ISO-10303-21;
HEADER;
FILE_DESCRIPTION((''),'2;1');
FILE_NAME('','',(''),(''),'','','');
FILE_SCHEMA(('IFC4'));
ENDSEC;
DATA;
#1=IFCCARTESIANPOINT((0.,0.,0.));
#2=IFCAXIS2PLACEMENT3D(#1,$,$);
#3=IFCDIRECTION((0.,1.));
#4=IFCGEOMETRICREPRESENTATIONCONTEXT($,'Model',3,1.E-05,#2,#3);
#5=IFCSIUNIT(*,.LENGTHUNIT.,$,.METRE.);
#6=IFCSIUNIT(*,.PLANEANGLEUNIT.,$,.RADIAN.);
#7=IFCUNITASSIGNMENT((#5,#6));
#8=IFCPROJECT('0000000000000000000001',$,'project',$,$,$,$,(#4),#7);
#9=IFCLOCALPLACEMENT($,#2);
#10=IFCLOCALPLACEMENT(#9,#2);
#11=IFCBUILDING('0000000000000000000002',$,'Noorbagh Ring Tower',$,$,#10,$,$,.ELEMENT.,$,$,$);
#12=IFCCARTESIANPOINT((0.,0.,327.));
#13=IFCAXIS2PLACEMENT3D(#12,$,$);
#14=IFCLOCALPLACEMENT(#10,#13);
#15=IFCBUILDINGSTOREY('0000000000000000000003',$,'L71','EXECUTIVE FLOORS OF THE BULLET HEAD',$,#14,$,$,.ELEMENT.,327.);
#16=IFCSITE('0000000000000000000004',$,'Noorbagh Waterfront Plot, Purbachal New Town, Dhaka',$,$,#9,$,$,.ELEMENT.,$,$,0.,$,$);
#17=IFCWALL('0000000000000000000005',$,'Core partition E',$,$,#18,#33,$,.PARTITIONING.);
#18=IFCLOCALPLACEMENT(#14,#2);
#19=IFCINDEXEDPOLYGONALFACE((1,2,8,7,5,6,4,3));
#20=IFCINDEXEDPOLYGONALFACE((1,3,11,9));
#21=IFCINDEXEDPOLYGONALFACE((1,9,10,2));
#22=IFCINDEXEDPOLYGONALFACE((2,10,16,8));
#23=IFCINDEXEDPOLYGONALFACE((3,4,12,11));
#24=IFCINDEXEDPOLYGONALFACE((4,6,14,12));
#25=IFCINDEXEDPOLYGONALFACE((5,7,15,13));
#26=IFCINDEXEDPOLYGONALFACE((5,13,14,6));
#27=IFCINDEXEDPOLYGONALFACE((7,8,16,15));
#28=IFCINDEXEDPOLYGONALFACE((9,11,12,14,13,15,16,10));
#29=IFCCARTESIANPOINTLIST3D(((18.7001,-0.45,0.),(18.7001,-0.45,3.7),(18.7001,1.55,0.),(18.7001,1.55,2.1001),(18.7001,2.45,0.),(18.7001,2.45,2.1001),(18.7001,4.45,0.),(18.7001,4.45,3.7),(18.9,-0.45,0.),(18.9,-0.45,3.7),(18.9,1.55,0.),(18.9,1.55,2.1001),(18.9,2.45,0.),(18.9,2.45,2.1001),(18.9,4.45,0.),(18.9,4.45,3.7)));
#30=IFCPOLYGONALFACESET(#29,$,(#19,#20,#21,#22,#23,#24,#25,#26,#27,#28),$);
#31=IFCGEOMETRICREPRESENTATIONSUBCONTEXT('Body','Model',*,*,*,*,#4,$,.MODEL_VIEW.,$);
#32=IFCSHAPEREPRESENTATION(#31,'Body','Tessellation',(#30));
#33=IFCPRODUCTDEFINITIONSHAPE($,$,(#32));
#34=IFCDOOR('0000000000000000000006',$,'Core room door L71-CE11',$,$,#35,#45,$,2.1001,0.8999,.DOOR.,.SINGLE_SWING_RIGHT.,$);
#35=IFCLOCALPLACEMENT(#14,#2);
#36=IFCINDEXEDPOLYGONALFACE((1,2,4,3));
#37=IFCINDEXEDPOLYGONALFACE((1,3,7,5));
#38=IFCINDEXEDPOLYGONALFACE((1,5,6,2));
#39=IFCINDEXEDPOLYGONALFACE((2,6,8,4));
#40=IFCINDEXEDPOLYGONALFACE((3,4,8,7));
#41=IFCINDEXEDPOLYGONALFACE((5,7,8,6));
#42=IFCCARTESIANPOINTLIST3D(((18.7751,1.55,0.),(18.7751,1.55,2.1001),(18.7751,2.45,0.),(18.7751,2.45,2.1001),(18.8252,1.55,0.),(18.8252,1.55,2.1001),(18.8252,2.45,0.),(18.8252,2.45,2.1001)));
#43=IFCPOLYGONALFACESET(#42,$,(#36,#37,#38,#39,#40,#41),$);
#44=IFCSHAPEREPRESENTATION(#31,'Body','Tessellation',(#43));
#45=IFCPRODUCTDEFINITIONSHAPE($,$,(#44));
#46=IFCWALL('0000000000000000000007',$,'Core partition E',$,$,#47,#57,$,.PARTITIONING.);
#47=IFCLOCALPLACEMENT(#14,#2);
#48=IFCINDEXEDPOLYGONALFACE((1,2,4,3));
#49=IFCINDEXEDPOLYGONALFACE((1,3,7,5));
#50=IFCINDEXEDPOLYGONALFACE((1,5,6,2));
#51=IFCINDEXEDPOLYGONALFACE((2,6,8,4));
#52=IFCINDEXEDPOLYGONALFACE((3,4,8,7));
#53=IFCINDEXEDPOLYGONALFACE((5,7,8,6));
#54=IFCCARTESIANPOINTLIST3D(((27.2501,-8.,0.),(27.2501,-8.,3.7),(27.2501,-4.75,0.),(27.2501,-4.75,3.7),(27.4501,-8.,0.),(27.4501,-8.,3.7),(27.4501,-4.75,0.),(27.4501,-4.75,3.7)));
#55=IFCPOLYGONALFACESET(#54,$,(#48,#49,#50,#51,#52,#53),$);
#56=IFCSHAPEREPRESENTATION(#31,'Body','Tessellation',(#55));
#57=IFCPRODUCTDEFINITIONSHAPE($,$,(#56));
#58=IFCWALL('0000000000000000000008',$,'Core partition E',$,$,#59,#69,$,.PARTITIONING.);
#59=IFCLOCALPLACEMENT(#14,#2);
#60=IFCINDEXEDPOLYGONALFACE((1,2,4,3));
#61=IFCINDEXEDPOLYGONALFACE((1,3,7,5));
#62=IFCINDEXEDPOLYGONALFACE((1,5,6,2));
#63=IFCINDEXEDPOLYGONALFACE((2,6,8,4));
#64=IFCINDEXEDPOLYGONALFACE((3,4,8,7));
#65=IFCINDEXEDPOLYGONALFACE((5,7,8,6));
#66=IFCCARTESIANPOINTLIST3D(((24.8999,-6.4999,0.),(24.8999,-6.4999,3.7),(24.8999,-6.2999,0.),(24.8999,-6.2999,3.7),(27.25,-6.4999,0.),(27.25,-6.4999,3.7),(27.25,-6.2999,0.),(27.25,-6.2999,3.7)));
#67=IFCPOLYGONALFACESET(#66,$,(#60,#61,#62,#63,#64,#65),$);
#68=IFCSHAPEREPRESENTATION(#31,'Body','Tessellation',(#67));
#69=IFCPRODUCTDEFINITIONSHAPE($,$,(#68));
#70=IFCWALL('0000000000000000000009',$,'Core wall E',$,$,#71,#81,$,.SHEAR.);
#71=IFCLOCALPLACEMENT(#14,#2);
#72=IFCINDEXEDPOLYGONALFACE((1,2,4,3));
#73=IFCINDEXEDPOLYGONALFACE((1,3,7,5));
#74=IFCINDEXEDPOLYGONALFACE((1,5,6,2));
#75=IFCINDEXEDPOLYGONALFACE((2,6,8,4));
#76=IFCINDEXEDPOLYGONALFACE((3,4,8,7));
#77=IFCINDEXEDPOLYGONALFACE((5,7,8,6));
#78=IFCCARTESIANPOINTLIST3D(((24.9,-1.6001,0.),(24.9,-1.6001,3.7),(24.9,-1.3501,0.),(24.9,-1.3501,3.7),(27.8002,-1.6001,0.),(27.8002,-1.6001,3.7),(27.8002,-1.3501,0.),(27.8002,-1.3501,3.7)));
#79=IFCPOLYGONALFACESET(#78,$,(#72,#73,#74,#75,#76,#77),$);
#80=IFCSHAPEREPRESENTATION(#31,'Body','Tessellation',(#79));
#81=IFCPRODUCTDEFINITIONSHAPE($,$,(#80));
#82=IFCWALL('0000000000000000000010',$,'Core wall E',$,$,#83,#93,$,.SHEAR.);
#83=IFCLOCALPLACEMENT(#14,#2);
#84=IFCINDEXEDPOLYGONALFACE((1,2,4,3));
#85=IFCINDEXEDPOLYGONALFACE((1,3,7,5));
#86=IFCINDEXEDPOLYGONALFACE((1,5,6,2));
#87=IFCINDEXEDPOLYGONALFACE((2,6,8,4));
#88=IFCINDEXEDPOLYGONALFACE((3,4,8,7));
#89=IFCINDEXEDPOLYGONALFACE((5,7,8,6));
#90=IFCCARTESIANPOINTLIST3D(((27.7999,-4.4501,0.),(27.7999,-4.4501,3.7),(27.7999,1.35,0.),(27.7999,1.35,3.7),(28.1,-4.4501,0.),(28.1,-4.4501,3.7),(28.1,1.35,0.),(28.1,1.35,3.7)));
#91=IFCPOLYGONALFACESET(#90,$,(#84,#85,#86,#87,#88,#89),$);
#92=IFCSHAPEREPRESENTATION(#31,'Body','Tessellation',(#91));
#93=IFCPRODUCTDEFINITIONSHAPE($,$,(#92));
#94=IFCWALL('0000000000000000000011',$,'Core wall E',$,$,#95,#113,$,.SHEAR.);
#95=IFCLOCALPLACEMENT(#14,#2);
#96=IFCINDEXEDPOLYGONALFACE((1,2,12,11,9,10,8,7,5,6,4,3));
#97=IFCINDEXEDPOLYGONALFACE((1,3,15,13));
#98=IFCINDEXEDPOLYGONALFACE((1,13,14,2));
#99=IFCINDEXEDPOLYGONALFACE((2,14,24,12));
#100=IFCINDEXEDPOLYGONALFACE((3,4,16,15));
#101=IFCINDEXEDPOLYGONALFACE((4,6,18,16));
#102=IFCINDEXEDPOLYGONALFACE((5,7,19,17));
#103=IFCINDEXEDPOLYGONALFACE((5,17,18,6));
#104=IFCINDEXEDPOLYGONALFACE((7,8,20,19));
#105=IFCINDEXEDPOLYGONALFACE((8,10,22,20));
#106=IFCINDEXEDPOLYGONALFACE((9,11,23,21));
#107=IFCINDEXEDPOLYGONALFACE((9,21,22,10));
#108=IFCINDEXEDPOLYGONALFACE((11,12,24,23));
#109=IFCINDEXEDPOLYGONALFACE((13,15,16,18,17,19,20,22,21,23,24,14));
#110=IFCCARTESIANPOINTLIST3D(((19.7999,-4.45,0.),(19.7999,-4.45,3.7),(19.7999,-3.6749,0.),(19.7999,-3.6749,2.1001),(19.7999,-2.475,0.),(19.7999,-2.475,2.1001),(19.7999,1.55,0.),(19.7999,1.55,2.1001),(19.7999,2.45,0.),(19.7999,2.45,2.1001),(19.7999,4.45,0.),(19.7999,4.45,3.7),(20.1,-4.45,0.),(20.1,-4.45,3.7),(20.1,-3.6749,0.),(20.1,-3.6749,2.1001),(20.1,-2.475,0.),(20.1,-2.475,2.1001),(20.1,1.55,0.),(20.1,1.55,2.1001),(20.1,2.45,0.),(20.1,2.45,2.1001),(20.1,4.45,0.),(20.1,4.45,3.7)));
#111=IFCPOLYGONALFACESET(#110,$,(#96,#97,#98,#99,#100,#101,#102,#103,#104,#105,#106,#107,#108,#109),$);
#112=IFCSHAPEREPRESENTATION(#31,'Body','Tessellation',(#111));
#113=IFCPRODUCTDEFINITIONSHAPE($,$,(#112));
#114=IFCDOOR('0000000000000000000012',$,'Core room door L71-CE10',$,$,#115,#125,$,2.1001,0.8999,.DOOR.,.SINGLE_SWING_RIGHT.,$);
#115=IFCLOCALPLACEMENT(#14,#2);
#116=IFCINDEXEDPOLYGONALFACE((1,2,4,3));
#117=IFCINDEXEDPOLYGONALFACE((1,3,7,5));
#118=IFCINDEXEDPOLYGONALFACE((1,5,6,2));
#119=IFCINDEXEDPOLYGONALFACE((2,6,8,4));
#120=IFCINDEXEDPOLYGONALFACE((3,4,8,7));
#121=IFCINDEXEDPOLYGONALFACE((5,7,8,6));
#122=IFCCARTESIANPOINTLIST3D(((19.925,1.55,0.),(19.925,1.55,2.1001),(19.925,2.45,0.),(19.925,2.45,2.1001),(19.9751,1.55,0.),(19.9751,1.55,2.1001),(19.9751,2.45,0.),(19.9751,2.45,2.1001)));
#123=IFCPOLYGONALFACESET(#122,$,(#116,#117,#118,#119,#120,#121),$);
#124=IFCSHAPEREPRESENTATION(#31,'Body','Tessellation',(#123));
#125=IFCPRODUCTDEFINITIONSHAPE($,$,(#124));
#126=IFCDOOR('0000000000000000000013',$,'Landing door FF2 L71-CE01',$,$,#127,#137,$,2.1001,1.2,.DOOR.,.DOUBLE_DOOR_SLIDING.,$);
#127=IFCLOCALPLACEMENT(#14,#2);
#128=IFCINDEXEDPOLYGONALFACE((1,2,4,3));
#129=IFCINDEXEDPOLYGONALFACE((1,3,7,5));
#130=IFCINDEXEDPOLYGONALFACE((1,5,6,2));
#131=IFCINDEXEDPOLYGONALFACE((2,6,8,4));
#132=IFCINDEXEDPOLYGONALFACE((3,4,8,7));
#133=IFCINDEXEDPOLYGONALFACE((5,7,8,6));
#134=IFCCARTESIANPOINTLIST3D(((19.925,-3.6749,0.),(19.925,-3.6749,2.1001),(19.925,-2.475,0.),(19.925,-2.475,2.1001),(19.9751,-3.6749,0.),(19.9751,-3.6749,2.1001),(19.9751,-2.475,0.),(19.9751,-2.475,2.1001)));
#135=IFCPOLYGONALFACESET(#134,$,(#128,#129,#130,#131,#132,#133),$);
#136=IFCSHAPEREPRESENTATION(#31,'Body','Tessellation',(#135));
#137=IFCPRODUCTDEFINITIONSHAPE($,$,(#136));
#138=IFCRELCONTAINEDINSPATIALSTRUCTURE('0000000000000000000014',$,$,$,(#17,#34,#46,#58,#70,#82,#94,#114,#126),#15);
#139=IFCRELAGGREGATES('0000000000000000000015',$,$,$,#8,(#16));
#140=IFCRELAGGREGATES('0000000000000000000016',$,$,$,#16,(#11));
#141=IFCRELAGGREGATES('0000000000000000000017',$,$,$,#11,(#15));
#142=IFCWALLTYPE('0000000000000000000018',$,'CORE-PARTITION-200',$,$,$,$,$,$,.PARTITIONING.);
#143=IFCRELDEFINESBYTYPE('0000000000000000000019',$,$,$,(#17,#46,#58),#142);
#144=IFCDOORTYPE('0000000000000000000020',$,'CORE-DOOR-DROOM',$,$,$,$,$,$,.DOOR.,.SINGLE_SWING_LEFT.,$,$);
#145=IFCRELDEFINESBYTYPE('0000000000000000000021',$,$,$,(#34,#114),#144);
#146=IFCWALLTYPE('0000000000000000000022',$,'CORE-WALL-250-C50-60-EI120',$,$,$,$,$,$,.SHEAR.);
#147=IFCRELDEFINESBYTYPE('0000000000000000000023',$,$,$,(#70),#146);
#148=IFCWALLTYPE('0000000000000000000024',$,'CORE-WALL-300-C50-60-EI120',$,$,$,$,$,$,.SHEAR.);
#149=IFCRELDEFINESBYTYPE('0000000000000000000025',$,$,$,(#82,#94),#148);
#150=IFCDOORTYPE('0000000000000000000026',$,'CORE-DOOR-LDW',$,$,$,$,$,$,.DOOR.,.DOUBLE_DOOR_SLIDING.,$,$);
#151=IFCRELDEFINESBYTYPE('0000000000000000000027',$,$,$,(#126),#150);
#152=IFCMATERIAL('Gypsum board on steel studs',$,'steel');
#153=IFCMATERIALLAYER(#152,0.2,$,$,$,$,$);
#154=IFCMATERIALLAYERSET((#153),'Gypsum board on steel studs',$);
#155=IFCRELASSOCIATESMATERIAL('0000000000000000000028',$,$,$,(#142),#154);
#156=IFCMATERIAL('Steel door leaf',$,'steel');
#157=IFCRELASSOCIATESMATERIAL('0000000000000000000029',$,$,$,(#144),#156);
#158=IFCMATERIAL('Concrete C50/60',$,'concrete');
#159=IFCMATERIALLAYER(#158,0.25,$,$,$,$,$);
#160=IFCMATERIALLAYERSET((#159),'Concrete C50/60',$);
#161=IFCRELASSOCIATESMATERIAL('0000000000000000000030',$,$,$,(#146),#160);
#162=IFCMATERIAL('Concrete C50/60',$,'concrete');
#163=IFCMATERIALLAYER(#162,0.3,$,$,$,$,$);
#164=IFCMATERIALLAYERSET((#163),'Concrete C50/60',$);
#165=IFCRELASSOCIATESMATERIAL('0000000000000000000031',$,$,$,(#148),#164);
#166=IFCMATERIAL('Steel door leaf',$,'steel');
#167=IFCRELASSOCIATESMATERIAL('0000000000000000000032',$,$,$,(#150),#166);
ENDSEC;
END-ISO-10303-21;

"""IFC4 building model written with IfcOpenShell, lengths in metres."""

from ifc_helpers import new_model, si_unit, direction, frame, frame_2d, origin, place, context, subcontext, project, spatial, rectangle, extrude, material, layer, layer_set, type_object, element, fill, save


model = new_model("IFC4")

# Units and contexts
model_context = context("Model", 3, precision=1e-05, world=origin(), true_north=direction((0.0, 1.0)))
body_context = subcontext(model_context, "Body", "Model", "MODEL_VIEW")
ifc_project = project(units=[si_unit("LENGTHUNIT", "METRE"), si_unit("PLANEANGLEUNIT", "RADIAN")], contexts=[model_context])

# Site, building, storey
site_placement = place(None, origin())
site = spatial("IfcSite", under=ifc_project, at=site_placement, Name="Noorbagh Waterfront Plot, Purbachal New Town, Dhaka", CompositionType="ELEMENT", RefElevation=0.0)
building_placement = place(site_placement, origin())
building = spatial("IfcBuilding", under=site, at=building_placement, Name="Noorbagh Ring Tower", CompositionType="ELEMENT")
storey_placement = place(building_placement, frame((0.0, 0.0, 327.0)))
storey = spatial("IfcBuildingStorey", under=building, at=storey_placement, Name="L71", Description="EXECUTIVE FLOORS OF THE BULLET HEAD", CompositionType="ELEMENT", Elevation=327.0)

# Wall, opening, door
ifc_material_1 = material(Name="Gypsum board on steel studs", Category="steel")
ifc_layer_1 = layer(ifc_material_1, 0.2)
ifc_layer_set_1 = layer_set([ifc_layer_1], Name="Gypsum board on steel studs")
wall_type_1 = type_object("IfcWallType", Name="CORE-PARTITION-200", PredefinedType="PARTITIONING", material=ifc_layer_set_1)
wall_1_placement = place(storey_placement, frame((18.8, -0.45, 0.0), z_axis=(0.0, 0.0, 1.0), x_axis=(0.0, 1.0, 0.0)))
wall_1 = element("IfcWall", 1, at=wall_1_placement, inside=storey, type_object=wall_type_1, Name="Core partition E", PredefinedType="PARTITIONING", context=body_context, shape_type="SweptSolid", body=[
    extrude(rectangle(XDim=4.8999, YDim=0.2, at=frame_2d((2.45, 0.0))), origin(), (0.0, 0.0, 1.0), 3.7),
])
opening_1_placement = place(wall_1_placement, frame((2.0, 0.0, 0.0)))
opening_1 = element("IfcOpeningElement", 2, at=opening_1_placement, cuts=wall_1, PredefinedType="OPENING", context=body_context, shape_type="SweptSolid", body=[
    extrude(rectangle(XDim=0.8999, YDim=2.1001, at=frame_2d((0.45, 1.05))), frame((0.0, 0.1099, 0.0), z_axis=(0.0, -1.0, 0.0), x_axis=(1.0, 0.0, 0.0)), (0.0, 0.0, 1.0), 0.22),
])
ifc_material_2 = material(Name="Steel door leaf", Category="steel")
door_type_1 = type_object("IfcDoorType", Name="CORE-DOOR-DROOM", OperationType="SINGLE_SWING_LEFT", PredefinedType="DOOR", material=ifc_material_2)
door_1_placement = place(opening_1_placement, origin())
door_1 = element("IfcDoor", 3, at=door_1_placement, inside=storey, type_object=door_type_1, Name="Core room door L71-CE11", OperationType="SINGLE_SWING_RIGHT", OverallHeight=2.1001, OverallWidth=0.8999, PredefinedType="DOOR", context=body_context, shape_type="SweptSolid", body=[
    extrude(rectangle(XDim=0.8999, YDim=2.1001, at=frame_2d((0.45, 1.05))), frame((0.0, 0.0249, 0.0), z_axis=(0.0, -1.0, 0.0), x_axis=(1.0, 0.0, 0.0)), (0.0, 0.0, 1.0), 0.05),
])
fill(opening_1, door_1)

# Walls
wall_2_placement = place(storey_placement, frame((27.3501, -8.0, 0.0), z_axis=(0.0, 0.0, 1.0), x_axis=(0.0, 1.0, 0.0)))
element("IfcWall", 4, at=wall_2_placement, inside=storey, type_object=wall_type_1, Name="Core partition E", PredefinedType="PARTITIONING", context=body_context, shape_type="SweptSolid", body=[
    extrude(rectangle(XDim=3.25, YDim=0.2, at=frame_2d((1.625, 0.0))), origin(), (0.0, 0.0, 1.0), 3.7),
])
wall_3_placement = place(storey_placement, frame((24.8999, -6.3999, 0.0), z_axis=(0.0, 0.0, 1.0), x_axis=(1.0, 0.0, 0.0)))
element("IfcWall", 5, at=wall_3_placement, inside=storey, type_object=wall_type_1, Name="Core partition E", PredefinedType="PARTITIONING", context=body_context, shape_type="SweptSolid", body=[
    extrude(rectangle(XDim=2.3501, YDim=0.2, at=frame_2d((1.175, 0.0))), origin(), (0.0, 0.0, 1.0), 3.7),
])
ifc_material_3 = material(Name="Concrete C50/60", Category="concrete")
ifc_layer_2 = layer(ifc_material_3, 0.25)
ifc_layer_set_2 = layer_set([ifc_layer_2], Name="Concrete C50/60")
wall_type_2 = type_object("IfcWallType", Name="CORE-WALL-250-C50-60-EI120", PredefinedType="SHEAR", material=ifc_layer_set_2)
wall_4_placement = place(storey_placement, frame((24.8999, -1.4751, 0.0), z_axis=(0.0, 0.0, 1.0), x_axis=(1.0, 0.0, 0.0)))
element("IfcWall", 6, at=wall_4_placement, inside=storey, type_object=wall_type_2, Name="Core wall E", PredefinedType="SHEAR", context=body_context, shape_type="SweptSolid", body=[
    extrude(rectangle(XDim=2.9001, YDim=0.25, at=frame_2d((1.4502, 0.0))), origin(), (0.0, 0.0, 1.0), 3.7),
])
ifc_material_4 = material(Name="Concrete C50/60", Category="concrete")
ifc_layer_3 = layer(ifc_material_4, 0.3)
ifc_layer_set_3 = layer_set([ifc_layer_3], Name="Concrete C50/60")
wall_type_3 = type_object("IfcWallType", Name="CORE-WALL-300-C50-60-EI120", PredefinedType="SHEAR", material=ifc_layer_set_3)
wall_5_placement = place(storey_placement, frame((27.95, -4.45, 0.0), z_axis=(0.0, 0.0, 1.0), x_axis=(0.0, 1.0, 0.0)))
element("IfcWall", 7, at=wall_5_placement, inside=storey, type_object=wall_type_3, Name="Core wall E", PredefinedType="SHEAR", context=body_context, shape_type="SweptSolid", body=[
    extrude(rectangle(XDim=5.8, YDim=0.3, at=frame_2d((2.8999, 0.0))), origin(), (0.0, 0.0, 1.0), 3.7),
])

# Wall, openings, doors
wall_6_placement = place(storey_placement, frame((19.95, -4.45, 0.0), z_axis=(0.0, 0.0, 1.0), x_axis=(0.0, 1.0, 0.0)))
wall_6 = element("IfcWall", 8, at=wall_6_placement, inside=storey, type_object=wall_type_3, Name="Core wall E", PredefinedType="SHEAR", context=body_context, shape_type="SweptSolid", body=[
    extrude(rectangle(XDim=8.8999, YDim=0.3, at=frame_2d((4.45, 0.0))), origin(), (0.0, 0.0, 1.0), 3.7),
])
opening_2_placement = place(wall_6_placement, frame((0.7749, 0.0, 0.0)))
opening_2 = element("IfcOpeningElement", 9, at=opening_2_placement, cuts=wall_6, PredefinedType="OPENING", context=body_context, shape_type="SweptSolid", body=[
    extrude(rectangle(XDim=1.2, YDim=2.1001, at=frame_2d((0.6001, 1.05))), frame((0.0, 0.1602, 0.0), z_axis=(0.0, -1.0, 0.0), x_axis=(1.0, 0.0, 0.0)), (0.0, 0.0, 1.0), 0.3201),
])
opening_3_placement = place(wall_6_placement, frame((6.0, 0.0, 0.0)))
opening_3 = element("IfcOpeningElement", 10, at=opening_3_placement, cuts=wall_6, PredefinedType="OPENING", context=body_context, shape_type="SweptSolid", body=[
    extrude(rectangle(XDim=0.8999, YDim=2.1001, at=frame_2d((0.45, 1.05))), frame((0.0, 0.1602, 0.0), z_axis=(0.0, -1.0, 0.0), x_axis=(1.0, 0.0, 0.0)), (0.0, 0.0, 1.0), 0.3201),
])
door_2_placement = place(opening_3_placement, origin())
door_2 = element("IfcDoor", 11, at=door_2_placement, inside=storey, type_object=door_type_1, Name="Core room door L71-CE10", OperationType="SINGLE_SWING_RIGHT", OverallHeight=2.1001, OverallWidth=0.8999, PredefinedType="DOOR", context=body_context, shape_type="SweptSolid", body=[
    extrude(rectangle(XDim=0.8999, YDim=2.1001, at=frame_2d((0.45, 1.05))), frame((0.0, 0.0249, 0.0), z_axis=(0.0, -1.0, 0.0), x_axis=(1.0, 0.0, 0.0)), (0.0, 0.0, 1.0), 0.05),
])
fill(opening_3, door_2)
ifc_material_5 = material(Name="Steel door leaf", Category="steel")
door_type_2 = type_object("IfcDoorType", Name="CORE-DOOR-LDW", OperationType="DOUBLE_DOOR_SLIDING", PredefinedType="DOOR", material=ifc_material_5)
door_3_placement = place(opening_2_placement, origin())
door_3 = element("IfcDoor", 12, at=door_3_placement, inside=storey, type_object=door_type_2, Name="Landing door FF2 L71-CE01", OperationType="DOUBLE_DOOR_SLIDING", OverallHeight=2.1001, OverallWidth=1.2, PredefinedType="DOOR", context=body_context, shape_type="SweptSolid", body=[
    extrude(rectangle(XDim=1.2, YDim=2.1001, at=frame_2d((0.6001, 1.05))), frame((0.0, 0.0249, 0.0), z_axis=(0.0, -1.0, 0.0), x_axis=(1.0, 0.0, 0.0)), (0.0, 0.0, 1.0), 0.05),
])
fill(opening_2, door_3)

save(model, "model.ifc")
